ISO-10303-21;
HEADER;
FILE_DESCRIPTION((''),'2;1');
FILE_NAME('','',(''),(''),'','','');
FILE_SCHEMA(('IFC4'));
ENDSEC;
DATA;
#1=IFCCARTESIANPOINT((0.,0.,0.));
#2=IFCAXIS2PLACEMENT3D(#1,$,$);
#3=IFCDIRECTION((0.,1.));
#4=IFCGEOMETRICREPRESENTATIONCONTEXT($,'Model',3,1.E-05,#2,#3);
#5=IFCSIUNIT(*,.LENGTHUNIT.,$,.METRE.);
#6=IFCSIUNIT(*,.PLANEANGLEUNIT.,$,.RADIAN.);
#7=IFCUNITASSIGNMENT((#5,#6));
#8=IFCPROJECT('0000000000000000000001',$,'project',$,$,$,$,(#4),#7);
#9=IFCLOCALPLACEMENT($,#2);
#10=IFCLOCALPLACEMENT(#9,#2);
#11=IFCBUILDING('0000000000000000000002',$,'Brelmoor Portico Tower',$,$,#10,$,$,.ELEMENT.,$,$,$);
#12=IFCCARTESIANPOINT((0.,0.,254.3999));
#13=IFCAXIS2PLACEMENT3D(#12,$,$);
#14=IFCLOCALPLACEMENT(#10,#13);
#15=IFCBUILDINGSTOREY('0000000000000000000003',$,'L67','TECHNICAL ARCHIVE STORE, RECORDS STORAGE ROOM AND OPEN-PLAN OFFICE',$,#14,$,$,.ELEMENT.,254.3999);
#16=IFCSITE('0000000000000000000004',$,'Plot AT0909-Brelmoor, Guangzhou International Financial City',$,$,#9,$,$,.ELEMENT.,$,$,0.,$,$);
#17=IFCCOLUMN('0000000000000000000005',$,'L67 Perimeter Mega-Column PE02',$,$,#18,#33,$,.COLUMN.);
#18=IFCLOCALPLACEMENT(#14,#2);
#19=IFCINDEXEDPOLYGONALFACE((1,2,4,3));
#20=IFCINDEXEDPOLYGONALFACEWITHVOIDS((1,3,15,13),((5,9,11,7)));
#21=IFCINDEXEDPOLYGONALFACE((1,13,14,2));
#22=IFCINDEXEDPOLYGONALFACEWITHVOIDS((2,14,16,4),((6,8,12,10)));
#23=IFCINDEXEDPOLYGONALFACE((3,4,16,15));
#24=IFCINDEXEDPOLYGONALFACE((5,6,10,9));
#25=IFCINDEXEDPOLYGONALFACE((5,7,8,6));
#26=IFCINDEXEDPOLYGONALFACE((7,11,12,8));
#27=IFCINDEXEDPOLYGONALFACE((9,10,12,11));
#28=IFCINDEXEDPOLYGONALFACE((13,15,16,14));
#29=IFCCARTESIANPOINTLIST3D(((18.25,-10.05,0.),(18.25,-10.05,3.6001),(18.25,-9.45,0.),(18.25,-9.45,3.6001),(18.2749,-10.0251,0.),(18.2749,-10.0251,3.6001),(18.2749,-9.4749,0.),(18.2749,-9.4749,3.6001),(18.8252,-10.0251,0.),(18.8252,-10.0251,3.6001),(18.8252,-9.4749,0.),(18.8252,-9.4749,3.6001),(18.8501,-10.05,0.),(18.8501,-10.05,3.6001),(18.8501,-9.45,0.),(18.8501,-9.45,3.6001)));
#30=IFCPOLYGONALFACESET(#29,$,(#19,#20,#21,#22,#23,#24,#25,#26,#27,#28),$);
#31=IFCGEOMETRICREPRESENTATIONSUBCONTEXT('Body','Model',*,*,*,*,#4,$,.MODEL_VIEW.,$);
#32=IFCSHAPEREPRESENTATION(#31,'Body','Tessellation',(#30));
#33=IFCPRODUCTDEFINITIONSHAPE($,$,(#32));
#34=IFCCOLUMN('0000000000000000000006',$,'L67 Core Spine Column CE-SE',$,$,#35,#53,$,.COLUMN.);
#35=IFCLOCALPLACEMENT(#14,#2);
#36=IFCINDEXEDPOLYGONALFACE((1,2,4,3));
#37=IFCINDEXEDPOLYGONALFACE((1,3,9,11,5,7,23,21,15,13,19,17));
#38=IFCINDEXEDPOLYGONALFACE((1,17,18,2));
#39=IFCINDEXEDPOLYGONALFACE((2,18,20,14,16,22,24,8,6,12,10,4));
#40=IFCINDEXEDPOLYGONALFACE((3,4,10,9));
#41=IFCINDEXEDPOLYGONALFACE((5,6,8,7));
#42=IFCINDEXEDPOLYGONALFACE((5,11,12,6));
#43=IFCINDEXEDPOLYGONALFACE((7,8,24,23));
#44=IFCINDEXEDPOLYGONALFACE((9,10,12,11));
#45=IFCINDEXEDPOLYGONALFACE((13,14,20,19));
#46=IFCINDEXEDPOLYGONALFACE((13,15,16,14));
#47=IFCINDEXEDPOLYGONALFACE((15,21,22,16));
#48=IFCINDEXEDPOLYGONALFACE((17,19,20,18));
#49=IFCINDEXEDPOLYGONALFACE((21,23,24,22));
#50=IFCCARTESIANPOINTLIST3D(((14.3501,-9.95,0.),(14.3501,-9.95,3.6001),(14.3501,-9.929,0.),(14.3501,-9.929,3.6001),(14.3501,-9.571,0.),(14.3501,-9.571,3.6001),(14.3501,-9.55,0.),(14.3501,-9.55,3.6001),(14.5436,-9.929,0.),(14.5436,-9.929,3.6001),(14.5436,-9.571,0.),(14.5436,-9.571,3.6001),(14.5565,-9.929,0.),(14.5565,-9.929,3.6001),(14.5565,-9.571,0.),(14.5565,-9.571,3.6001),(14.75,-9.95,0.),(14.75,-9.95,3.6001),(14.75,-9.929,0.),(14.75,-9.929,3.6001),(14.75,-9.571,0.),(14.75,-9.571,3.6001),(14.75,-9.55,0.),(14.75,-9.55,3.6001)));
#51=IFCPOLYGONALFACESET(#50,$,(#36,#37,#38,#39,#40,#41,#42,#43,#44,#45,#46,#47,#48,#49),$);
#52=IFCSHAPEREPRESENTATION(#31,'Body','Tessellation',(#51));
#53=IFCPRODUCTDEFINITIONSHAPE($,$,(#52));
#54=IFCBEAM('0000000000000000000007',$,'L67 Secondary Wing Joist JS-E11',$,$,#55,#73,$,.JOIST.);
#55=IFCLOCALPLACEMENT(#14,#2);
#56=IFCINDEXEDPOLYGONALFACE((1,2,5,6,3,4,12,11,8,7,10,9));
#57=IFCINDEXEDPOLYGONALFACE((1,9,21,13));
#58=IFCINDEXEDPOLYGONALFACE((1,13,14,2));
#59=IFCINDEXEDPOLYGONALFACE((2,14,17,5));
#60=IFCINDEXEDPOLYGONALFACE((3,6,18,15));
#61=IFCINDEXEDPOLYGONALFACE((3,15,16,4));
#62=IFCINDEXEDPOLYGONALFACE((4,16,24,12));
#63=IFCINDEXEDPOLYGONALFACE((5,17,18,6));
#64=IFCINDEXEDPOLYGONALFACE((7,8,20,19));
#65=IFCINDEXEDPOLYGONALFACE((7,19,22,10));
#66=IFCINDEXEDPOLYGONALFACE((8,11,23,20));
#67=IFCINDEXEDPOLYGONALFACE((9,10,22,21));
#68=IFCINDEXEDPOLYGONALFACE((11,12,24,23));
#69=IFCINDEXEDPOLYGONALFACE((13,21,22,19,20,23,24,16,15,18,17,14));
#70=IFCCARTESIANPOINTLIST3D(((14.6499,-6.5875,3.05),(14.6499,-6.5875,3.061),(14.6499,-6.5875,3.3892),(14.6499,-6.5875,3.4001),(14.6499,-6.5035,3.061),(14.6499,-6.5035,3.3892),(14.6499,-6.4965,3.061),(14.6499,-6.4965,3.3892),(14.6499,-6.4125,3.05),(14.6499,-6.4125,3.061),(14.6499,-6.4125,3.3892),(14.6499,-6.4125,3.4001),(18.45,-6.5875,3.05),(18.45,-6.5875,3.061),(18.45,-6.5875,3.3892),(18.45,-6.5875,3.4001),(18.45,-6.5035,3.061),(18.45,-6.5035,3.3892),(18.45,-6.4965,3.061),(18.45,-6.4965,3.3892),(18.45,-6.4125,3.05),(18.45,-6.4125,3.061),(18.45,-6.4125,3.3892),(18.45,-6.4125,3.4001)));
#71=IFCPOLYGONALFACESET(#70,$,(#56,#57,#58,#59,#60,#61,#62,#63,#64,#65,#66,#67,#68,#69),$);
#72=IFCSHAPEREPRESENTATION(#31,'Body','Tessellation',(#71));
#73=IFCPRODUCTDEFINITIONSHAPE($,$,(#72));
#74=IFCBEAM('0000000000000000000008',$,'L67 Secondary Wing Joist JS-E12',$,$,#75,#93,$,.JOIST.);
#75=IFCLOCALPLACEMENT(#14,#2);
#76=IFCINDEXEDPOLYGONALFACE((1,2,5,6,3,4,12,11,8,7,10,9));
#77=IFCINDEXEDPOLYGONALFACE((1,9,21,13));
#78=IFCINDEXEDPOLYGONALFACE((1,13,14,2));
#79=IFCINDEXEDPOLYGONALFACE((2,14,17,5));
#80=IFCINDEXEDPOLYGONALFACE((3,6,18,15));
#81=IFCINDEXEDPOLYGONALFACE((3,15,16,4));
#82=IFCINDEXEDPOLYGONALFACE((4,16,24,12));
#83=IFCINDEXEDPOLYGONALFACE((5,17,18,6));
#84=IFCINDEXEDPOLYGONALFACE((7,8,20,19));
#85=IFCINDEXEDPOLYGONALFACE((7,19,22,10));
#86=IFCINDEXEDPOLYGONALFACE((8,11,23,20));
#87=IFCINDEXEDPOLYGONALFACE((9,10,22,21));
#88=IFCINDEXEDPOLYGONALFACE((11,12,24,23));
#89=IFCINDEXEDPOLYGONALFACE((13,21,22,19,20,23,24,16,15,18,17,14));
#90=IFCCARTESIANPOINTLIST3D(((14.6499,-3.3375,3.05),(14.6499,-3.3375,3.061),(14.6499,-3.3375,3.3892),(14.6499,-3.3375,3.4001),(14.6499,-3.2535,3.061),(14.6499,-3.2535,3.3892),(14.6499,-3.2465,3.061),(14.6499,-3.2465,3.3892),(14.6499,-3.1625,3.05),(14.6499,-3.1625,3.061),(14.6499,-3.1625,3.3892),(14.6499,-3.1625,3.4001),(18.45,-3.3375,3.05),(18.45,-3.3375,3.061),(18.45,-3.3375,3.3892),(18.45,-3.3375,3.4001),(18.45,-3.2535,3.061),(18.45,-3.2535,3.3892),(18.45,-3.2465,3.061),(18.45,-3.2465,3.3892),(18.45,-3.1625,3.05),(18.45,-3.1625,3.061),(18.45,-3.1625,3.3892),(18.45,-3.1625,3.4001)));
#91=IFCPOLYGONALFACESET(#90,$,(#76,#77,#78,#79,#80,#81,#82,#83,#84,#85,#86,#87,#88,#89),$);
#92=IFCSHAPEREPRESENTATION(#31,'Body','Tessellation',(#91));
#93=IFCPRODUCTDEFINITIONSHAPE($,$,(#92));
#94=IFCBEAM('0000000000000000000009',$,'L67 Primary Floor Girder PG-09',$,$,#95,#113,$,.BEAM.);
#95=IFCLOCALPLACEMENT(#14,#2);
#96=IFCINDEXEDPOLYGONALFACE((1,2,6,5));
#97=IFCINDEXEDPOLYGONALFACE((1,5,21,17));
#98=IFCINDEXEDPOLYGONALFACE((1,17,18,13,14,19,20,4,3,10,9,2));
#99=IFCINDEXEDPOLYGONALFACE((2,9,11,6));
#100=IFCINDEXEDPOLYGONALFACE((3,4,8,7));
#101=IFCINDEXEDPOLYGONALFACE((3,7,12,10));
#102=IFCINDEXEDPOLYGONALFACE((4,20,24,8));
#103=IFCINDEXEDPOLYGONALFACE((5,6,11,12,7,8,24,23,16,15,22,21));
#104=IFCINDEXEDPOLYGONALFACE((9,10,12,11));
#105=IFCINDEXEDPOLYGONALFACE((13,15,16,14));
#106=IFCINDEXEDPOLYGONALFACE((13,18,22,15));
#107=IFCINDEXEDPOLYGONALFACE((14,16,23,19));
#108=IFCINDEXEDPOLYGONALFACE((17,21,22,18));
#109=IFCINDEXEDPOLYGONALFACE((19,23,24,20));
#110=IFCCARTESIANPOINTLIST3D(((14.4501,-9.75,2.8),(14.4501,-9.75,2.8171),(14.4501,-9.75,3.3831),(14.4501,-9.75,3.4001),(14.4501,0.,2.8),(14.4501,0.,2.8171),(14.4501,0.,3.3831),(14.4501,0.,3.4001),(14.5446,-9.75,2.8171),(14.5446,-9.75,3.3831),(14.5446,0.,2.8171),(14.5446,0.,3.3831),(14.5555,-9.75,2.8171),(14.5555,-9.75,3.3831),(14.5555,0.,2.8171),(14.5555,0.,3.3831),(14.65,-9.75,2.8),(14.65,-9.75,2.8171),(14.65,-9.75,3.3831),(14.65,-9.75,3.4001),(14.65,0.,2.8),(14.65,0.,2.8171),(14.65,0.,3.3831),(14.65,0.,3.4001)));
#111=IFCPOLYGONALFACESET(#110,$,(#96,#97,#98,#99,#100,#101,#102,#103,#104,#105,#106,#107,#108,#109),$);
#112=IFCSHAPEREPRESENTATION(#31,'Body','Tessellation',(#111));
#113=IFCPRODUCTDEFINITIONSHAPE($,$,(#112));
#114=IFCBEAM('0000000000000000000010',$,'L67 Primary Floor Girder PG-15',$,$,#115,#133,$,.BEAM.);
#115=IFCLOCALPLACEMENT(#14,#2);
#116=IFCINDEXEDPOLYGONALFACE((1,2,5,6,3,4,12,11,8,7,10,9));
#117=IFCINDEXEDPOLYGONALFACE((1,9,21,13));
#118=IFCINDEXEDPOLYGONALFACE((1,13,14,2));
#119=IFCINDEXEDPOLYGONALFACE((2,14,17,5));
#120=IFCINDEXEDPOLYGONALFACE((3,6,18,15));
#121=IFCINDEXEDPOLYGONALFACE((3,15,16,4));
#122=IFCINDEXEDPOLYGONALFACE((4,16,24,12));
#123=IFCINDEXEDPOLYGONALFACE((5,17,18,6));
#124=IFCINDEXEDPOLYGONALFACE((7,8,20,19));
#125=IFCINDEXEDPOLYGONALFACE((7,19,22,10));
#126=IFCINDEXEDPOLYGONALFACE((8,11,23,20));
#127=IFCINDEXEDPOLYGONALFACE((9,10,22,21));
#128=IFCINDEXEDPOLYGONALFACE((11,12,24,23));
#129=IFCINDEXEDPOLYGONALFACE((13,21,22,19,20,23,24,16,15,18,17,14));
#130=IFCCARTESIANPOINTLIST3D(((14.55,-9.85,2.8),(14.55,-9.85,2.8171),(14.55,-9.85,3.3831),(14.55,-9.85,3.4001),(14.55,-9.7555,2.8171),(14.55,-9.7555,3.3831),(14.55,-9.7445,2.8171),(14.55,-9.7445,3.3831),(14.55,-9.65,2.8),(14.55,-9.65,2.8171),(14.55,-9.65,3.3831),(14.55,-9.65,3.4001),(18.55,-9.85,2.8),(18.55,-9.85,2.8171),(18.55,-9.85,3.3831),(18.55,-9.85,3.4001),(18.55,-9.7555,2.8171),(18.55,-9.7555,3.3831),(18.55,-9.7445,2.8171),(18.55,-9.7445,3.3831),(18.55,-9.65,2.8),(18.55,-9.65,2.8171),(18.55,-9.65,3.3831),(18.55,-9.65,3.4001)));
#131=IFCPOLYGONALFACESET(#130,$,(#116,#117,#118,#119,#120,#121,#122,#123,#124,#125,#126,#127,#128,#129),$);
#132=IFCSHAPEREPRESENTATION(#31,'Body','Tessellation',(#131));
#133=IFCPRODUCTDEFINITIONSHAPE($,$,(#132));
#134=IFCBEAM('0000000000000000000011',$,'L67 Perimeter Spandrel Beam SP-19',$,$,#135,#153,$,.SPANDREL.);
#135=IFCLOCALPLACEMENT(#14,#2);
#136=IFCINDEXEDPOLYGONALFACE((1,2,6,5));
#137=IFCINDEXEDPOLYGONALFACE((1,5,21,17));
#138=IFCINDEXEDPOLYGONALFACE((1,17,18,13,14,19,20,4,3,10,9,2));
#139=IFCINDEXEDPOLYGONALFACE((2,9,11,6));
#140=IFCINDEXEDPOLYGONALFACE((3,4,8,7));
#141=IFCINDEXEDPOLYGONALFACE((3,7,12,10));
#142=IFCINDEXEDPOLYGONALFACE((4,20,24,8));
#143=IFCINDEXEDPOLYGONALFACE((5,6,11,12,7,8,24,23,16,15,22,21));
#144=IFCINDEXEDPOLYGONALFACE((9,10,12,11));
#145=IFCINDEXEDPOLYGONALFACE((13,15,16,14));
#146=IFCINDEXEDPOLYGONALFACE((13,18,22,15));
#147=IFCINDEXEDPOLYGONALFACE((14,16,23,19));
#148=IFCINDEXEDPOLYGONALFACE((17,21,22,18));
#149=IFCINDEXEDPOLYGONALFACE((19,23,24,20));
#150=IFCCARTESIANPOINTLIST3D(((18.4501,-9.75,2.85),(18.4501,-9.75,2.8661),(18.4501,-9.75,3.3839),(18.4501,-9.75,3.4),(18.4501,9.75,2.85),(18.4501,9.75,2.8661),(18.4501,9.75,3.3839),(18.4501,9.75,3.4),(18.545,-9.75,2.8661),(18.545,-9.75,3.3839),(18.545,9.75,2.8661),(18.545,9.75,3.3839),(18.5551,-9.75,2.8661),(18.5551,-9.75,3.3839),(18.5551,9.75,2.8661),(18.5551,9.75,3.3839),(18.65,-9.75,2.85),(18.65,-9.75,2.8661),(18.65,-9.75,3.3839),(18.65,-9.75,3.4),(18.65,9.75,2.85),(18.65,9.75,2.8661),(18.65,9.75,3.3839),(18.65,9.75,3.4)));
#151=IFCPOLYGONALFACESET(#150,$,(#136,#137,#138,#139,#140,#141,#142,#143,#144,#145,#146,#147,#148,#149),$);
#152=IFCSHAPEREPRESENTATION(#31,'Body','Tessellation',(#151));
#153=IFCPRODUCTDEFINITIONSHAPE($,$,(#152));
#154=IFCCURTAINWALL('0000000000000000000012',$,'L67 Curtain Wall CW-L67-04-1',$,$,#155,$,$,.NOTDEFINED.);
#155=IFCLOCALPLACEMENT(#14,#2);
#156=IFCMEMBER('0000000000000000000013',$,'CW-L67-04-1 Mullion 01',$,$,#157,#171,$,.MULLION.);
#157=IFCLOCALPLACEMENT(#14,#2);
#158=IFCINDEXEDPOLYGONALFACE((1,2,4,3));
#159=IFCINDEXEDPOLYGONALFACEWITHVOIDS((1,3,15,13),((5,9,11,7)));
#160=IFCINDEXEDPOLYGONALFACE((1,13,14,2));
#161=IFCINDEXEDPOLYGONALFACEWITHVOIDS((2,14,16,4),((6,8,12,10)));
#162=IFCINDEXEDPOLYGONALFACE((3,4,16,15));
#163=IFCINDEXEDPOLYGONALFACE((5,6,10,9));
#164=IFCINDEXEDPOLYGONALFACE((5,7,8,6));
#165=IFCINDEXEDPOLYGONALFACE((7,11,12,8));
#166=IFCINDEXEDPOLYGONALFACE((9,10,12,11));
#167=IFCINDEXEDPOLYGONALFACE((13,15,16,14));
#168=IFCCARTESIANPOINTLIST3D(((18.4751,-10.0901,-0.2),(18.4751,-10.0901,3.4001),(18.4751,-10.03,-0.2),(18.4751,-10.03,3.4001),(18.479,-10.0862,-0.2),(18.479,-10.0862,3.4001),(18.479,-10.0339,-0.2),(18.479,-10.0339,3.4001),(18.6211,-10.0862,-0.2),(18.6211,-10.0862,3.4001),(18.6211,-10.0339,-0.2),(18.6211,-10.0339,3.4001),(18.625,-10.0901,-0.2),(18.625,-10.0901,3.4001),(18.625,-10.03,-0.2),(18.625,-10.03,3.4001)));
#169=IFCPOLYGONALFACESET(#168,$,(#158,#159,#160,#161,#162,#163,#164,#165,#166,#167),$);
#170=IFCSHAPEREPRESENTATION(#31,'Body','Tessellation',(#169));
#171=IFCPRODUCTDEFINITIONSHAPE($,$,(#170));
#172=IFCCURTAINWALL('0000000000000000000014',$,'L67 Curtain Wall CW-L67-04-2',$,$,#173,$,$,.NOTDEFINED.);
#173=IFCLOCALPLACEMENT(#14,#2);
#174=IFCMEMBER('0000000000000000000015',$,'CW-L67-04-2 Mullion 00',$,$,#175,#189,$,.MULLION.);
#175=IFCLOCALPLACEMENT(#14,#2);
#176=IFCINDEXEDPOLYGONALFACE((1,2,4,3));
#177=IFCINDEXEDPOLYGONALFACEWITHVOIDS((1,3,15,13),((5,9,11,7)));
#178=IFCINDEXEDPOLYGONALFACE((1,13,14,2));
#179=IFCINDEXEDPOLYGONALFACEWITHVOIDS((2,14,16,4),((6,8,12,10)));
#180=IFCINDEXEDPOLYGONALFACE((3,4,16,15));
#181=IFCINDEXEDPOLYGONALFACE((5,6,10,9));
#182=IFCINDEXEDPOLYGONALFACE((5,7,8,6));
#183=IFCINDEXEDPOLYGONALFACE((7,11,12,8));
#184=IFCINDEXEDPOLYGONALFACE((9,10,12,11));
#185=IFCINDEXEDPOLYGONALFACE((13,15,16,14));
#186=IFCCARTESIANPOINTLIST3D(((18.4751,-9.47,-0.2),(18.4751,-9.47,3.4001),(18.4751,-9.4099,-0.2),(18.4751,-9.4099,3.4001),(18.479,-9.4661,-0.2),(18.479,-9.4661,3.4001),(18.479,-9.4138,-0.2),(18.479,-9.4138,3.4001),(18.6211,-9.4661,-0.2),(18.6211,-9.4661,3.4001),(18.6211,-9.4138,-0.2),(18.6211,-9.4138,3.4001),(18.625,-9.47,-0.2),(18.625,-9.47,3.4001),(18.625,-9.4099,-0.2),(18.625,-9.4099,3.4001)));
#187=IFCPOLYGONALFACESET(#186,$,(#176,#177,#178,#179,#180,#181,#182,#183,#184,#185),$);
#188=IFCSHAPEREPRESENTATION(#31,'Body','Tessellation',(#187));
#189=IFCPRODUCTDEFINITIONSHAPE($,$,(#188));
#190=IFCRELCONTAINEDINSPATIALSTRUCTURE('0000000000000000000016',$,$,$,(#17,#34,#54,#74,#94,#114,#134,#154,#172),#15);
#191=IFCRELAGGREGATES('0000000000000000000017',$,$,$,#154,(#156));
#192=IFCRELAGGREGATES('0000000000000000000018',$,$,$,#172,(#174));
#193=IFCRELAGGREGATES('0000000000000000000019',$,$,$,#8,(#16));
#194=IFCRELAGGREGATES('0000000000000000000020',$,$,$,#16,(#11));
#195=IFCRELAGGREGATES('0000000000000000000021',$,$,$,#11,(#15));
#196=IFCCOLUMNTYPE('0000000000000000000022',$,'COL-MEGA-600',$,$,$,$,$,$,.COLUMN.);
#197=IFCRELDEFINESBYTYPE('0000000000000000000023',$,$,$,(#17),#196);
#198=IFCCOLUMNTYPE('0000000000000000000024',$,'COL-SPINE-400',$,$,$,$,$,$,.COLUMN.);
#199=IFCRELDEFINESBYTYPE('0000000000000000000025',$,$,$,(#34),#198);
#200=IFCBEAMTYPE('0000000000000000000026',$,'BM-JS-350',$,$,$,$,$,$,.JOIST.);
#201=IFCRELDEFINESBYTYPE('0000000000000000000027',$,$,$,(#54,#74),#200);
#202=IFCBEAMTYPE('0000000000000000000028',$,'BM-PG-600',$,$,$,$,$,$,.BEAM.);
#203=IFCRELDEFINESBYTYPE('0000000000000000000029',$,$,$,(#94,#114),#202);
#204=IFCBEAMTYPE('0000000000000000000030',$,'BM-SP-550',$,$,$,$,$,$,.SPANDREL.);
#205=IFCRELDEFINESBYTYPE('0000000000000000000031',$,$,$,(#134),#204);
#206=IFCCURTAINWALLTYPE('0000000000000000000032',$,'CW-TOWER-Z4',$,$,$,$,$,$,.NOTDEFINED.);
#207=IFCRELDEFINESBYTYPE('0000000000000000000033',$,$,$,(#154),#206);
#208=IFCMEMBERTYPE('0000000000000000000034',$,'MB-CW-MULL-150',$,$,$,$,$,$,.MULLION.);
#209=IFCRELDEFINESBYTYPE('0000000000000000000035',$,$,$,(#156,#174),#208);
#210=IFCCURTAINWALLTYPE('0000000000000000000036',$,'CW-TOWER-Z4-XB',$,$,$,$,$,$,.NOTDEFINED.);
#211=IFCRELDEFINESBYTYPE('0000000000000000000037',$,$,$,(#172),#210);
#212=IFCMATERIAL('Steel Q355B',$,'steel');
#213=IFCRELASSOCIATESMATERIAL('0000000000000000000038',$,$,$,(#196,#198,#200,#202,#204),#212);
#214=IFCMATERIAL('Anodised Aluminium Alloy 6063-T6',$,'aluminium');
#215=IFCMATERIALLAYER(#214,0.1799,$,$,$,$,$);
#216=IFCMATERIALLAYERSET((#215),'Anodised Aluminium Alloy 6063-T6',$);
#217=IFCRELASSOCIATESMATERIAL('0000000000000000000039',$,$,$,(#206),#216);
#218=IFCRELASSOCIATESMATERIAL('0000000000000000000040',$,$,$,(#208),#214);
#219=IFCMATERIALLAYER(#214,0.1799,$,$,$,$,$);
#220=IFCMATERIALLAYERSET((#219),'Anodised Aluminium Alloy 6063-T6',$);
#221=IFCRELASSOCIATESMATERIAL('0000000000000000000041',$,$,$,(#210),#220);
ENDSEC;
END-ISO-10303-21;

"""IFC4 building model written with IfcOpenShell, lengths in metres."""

from ifc_helpers import new_model, si_unit, direction, frame, origin, origin_2d, place, context, subcontext, project, spatial, hollow_rectangle, i_section, extrude, material, layer, layer_set, material_profile, profile_set, type_object, element, aggregate, save


model = new_model("IFC4")

# Units and contexts
model_context = context("Model", 3, precision=1e-05, world=origin(), true_north=direction((0.0, 1.0)))
body_context = subcontext(model_context, "Body", "Model", "MODEL_VIEW")
ifc_project = project(units=[si_unit("LENGTHUNIT", "METRE"), si_unit("PLANEANGLEUNIT", "RADIAN")], contexts=[model_context])

# Site, building, storey
site_placement = place(None, origin())
site = spatial("IfcSite", under=ifc_project, at=site_placement, Name="Plot AT0909-Brelmoor, Guangzhou International Financial City", CompositionType="ELEMENT", RefElevation=0.0)
building_placement = place(site_placement, origin())
building = spatial("IfcBuilding", under=site, at=building_placement, Name="Brelmoor Portico Tower", CompositionType="ELEMENT")
storey_placement = place(building_placement, frame((0.0, 0.0, 254.3999)))
storey = spatial("IfcBuildingStorey", under=building, at=storey_placement, Name="L67", Description="TECHNICAL ARCHIVE STORE, RECORDS STORAGE ROOM AND OPEN-PLAN OFFICE", CompositionType="ELEMENT", Elevation=254.3999)

# Columns
ifc_material_1 = material(Name="Steel Q355B", Category="steel")
ifc_material_profile_1 = material_profile(ifc_material_1, hollow_rectangle(XDim=0.6001, YDim=0.6001, WallThickness=0.0249, at=origin_2d()), Name="BOX 600x600x25")
ifc_profile_set_1 = profile_set([ifc_material_profile_1], Name="Steel Q355B")
column_type_1 = type_object("IfcColumnType", Name="COL-MEGA-600", PredefinedType="COLUMN", material=ifc_profile_set_1)
column_1_placement = place(storey_placement, frame((18.55, -9.75, 0.0), z_axis=(0.0, 0.0, 1.0), x_axis=(0.0, 1.0, 0.0)))
element("IfcColumn", 1, at=column_1_placement, inside=storey, type_object=column_type_1, Name="L67 Perimeter Mega-Column PE02", PredefinedType="COLUMN", context=body_context, shape_type="SweptSolid", body=[
    extrude(hollow_rectangle(XDim=0.6001, YDim=0.6001, WallThickness=0.0249, at=origin_2d()), origin(), (0.0, 0.0, 1.0), 3.6001),
])
ifc_material_profile_2 = material_profile(ifc_material_1, i_section(OverallWidth=0.3999, OverallDepth=0.3999, WebThickness=0.0129, FlangeThickness=0.021, at=origin_2d()), Name="HW 400x400x13x21")
ifc_profile_set_2 = profile_set([ifc_material_profile_2], Name="Steel Q355B")
column_type_2 = type_object("IfcColumnType", Name="COL-SPINE-400", PredefinedType="COLUMN", material=ifc_profile_set_2)
column_2_placement = place(storey_placement, frame((14.55, -9.75, 0.0), z_axis=(0.0, 0.0, 1.0), x_axis=(1.0, 0.0, 0.0)))
element("IfcColumn", 2, at=column_2_placement, inside=storey, type_object=column_type_2, Name="L67 Core Spine Column CE-SE", PredefinedType="COLUMN", context=body_context, shape_type="SweptSolid", body=[
    extrude(i_section(OverallWidth=0.3999, OverallDepth=0.3999, WebThickness=0.0129, FlangeThickness=0.021, at=origin_2d()), origin(), (0.0, 0.0, 1.0), 3.6001),
])

# Beams
ifc_material_profile_3 = material_profile(ifc_material_1, i_section(OverallWidth=0.175, OverallDepth=0.3501, WebThickness=0.0071, FlangeThickness=0.011, at=origin_2d()), Name="HN 350x175x7x11")
ifc_profile_set_3 = profile_set([ifc_material_profile_3], Name="Steel Q355B")
beam_type_1 = type_object("IfcBeamType", Name="BM-JS-350", PredefinedType="JOIST", material=ifc_profile_set_3)
for number, where, z_axis, x_axis, name in (
    (3, (14.6499, -6.5, 3.2251), (1.0, 0.0, 0.0), (0.0, 1.0, 0.0), "L67 Secondary Wing Joist JS-E11"),
    (4, (14.6499, -3.25, 3.2251), (1.0, 0.0, 0.0), (0.0, 1.0, 0.0), "L67 Secondary Wing Joist JS-E12"),
):
    element("IfcBeam", number, at=place(storey_placement, frame(where, z_axis=z_axis, x_axis=x_axis)), inside=storey, type_object=beam_type_1, Name=name, PredefinedType="JOIST", context=body_context, shape_type="SweptSolid", body=[
        extrude(i_section(OverallWidth=0.175, OverallDepth=0.3501, WebThickness=0.0071, FlangeThickness=0.011, at=origin_2d()), origin(), (0.0, 0.0, 1.0), 3.8),
    ])
ifc_material_profile_4 = material_profile(ifc_material_1, i_section(OverallWidth=0.2, OverallDepth=0.6001, WebThickness=0.011, FlangeThickness=0.0171, at=origin_2d()), Name="HN 600x200x11x17")
ifc_profile_set_4 = profile_set([ifc_material_profile_4], Name="Steel Q355B")
beam_type_2 = type_object("IfcBeamType", Name="BM-PG-600", PredefinedType="BEAM", material=ifc_profile_set_4)
beam_1_placement = place(storey_placement, frame((14.55, -9.75, 3.1001), z_axis=(0.0, 1.0, 0.0), x_axis=(-1.0, 0.0, 0.0)))
element("IfcBeam", 5, at=beam_1_placement, inside=storey, type_object=beam_type_2, Name="L67 Primary Floor Girder PG-09", PredefinedType="BEAM", context=body_context, shape_type="SweptSolid", body=[
    extrude(i_section(OverallWidth=0.2, OverallDepth=0.6001, WebThickness=0.011, FlangeThickness=0.0171, at=origin_2d()), origin(), (0.0, 0.0, 1.0), 9.75),
])
beam_2_placement = place(storey_placement, frame((14.55, -9.75, 3.1001), z_axis=(1.0, 0.0, 0.0), x_axis=(0.0, 1.0, 0.0)))
element("IfcBeam", 6, at=beam_2_placement, inside=storey, type_object=beam_type_2, Name="L67 Primary Floor Girder PG-15", PredefinedType="BEAM", context=body_context, shape_type="SweptSolid", body=[
    extrude(i_section(OverallWidth=0.2, OverallDepth=0.6001, WebThickness=0.011, FlangeThickness=0.0171, at=origin_2d()), origin(), (0.0, 0.0, 1.0), 4.0),
])
ifc_material_profile_5 = material_profile(ifc_material_1, i_section(OverallWidth=0.2, OverallDepth=0.55, WebThickness=0.01, FlangeThickness=0.0161, at=origin_2d()), Name="HN 550x200x10x16")
ifc_profile_set_5 = profile_set([ifc_material_profile_5], Name="Steel Q355B")
beam_type_3 = type_object("IfcBeamType", Name="BM-SP-550", PredefinedType="SPANDREL", material=ifc_profile_set_5)
beam_3_placement = place(storey_placement, frame((18.55, -9.75, 3.125), z_axis=(0.0, 1.0, 0.0), x_axis=(-1.0, 0.0, 0.0)))
element("IfcBeam", 7, at=beam_3_placement, inside=storey, type_object=beam_type_3, Name="L67 Perimeter Spandrel Beam SP-19", PredefinedType="SPANDREL", context=body_context, shape_type="SweptSolid", body=[
    extrude(i_section(OverallWidth=0.2, OverallDepth=0.55, WebThickness=0.01, FlangeThickness=0.0161, at=origin_2d()), origin(), (0.0, 0.0, 1.0), 19.5),
])

# Curtain wall, member
ifc_material_2 = material(Name="Anodised Aluminium Alloy 6063-T6", Category="aluminium")
ifc_layer_1 = layer(ifc_material_2, 0.1799)
ifc_layer_set_1 = layer_set([ifc_layer_1], Name="Anodised Aluminium Alloy 6063-T6")
curtain_wall_type_1 = type_object("IfcCurtainWallType", Name="CW-TOWER-Z4", PredefinedType="NOTDEFINED", material=ifc_layer_set_1)
curtain_wall_1_placement = place(storey_placement, origin())
curtain_wall_1 = element("IfcCurtainWall", 8, at=curtain_wall_1_placement, inside=storey, type_object=curtain_wall_type_1, Name="L67 Curtain Wall CW-L67-04-1", PredefinedType="NOTDEFINED")
ifc_material_profile_6 = material_profile(ifc_material_2, hollow_rectangle(XDim=0.0601, YDim=0.1499, WallThickness=0.0039, at=origin_2d()), Name="ALU MULLION 60x150")
ifc_profile_set_6 = profile_set([ifc_material_profile_6], Name="Anodised Aluminium Alloy 6063-T6")
member_type_1 = type_object("IfcMemberType", Name="MB-CW-MULL-150", PredefinedType="MULLION", material=ifc_profile_set_6)
member_1_placement = place(storey_placement, frame((18.55, -10.0601, -0.2), z_axis=(0.0, 0.0, 1.0), x_axis=(0.0, 1.0, 0.0)))
member_1 = element("IfcMember", 9, at=member_1_placement, type_object=member_type_1, Name="CW-L67-04-1 Mullion 01", PredefinedType="MULLION", context=body_context, shape_type="SweptSolid", body=[
    extrude(hollow_rectangle(XDim=0.0601, YDim=0.1499, WallThickness=0.0039, at=origin_2d()), origin(), (0.0, 0.0, 1.0), 3.6001),
])
aggregate(curtain_wall_1, [member_1])

# Curtain wall, member
ifc_layer_2 = layer(ifc_material_2, 0.1799)
ifc_layer_set_2 = layer_set([ifc_layer_2], Name="Anodised Aluminium Alloy 6063-T6")
curtain_wall_type_2 = type_object("IfcCurtainWallType", Name="CW-TOWER-Z4-XB", PredefinedType="NOTDEFINED", material=ifc_layer_set_2)
curtain_wall_2_placement = place(storey_placement, origin())
curtain_wall_2 = element("IfcCurtainWall", 10, at=curtain_wall_2_placement, inside=storey, type_object=curtain_wall_type_2, Name="L67 Curtain Wall CW-L67-04-2", PredefinedType="NOTDEFINED")
member_2_placement = place(storey_placement, frame((18.55, -9.4399, -0.2), z_axis=(0.0, 0.0, 1.0), x_axis=(0.0, 1.0, 0.0)))
member_2 = element("IfcMember", 11, at=member_2_placement, type_object=member_type_1, Name="CW-L67-04-2 Mullion 00", PredefinedType="MULLION", context=body_context, shape_type="SweptSolid", body=[
    extrude(hollow_rectangle(XDim=0.0601, YDim=0.1499, WallThickness=0.0039, at=origin_2d()), origin(), (0.0, 0.0, 1.0), 3.6001),
])
aggregate(curtain_wall_2, [member_2])

save(model, "model.ifc")
